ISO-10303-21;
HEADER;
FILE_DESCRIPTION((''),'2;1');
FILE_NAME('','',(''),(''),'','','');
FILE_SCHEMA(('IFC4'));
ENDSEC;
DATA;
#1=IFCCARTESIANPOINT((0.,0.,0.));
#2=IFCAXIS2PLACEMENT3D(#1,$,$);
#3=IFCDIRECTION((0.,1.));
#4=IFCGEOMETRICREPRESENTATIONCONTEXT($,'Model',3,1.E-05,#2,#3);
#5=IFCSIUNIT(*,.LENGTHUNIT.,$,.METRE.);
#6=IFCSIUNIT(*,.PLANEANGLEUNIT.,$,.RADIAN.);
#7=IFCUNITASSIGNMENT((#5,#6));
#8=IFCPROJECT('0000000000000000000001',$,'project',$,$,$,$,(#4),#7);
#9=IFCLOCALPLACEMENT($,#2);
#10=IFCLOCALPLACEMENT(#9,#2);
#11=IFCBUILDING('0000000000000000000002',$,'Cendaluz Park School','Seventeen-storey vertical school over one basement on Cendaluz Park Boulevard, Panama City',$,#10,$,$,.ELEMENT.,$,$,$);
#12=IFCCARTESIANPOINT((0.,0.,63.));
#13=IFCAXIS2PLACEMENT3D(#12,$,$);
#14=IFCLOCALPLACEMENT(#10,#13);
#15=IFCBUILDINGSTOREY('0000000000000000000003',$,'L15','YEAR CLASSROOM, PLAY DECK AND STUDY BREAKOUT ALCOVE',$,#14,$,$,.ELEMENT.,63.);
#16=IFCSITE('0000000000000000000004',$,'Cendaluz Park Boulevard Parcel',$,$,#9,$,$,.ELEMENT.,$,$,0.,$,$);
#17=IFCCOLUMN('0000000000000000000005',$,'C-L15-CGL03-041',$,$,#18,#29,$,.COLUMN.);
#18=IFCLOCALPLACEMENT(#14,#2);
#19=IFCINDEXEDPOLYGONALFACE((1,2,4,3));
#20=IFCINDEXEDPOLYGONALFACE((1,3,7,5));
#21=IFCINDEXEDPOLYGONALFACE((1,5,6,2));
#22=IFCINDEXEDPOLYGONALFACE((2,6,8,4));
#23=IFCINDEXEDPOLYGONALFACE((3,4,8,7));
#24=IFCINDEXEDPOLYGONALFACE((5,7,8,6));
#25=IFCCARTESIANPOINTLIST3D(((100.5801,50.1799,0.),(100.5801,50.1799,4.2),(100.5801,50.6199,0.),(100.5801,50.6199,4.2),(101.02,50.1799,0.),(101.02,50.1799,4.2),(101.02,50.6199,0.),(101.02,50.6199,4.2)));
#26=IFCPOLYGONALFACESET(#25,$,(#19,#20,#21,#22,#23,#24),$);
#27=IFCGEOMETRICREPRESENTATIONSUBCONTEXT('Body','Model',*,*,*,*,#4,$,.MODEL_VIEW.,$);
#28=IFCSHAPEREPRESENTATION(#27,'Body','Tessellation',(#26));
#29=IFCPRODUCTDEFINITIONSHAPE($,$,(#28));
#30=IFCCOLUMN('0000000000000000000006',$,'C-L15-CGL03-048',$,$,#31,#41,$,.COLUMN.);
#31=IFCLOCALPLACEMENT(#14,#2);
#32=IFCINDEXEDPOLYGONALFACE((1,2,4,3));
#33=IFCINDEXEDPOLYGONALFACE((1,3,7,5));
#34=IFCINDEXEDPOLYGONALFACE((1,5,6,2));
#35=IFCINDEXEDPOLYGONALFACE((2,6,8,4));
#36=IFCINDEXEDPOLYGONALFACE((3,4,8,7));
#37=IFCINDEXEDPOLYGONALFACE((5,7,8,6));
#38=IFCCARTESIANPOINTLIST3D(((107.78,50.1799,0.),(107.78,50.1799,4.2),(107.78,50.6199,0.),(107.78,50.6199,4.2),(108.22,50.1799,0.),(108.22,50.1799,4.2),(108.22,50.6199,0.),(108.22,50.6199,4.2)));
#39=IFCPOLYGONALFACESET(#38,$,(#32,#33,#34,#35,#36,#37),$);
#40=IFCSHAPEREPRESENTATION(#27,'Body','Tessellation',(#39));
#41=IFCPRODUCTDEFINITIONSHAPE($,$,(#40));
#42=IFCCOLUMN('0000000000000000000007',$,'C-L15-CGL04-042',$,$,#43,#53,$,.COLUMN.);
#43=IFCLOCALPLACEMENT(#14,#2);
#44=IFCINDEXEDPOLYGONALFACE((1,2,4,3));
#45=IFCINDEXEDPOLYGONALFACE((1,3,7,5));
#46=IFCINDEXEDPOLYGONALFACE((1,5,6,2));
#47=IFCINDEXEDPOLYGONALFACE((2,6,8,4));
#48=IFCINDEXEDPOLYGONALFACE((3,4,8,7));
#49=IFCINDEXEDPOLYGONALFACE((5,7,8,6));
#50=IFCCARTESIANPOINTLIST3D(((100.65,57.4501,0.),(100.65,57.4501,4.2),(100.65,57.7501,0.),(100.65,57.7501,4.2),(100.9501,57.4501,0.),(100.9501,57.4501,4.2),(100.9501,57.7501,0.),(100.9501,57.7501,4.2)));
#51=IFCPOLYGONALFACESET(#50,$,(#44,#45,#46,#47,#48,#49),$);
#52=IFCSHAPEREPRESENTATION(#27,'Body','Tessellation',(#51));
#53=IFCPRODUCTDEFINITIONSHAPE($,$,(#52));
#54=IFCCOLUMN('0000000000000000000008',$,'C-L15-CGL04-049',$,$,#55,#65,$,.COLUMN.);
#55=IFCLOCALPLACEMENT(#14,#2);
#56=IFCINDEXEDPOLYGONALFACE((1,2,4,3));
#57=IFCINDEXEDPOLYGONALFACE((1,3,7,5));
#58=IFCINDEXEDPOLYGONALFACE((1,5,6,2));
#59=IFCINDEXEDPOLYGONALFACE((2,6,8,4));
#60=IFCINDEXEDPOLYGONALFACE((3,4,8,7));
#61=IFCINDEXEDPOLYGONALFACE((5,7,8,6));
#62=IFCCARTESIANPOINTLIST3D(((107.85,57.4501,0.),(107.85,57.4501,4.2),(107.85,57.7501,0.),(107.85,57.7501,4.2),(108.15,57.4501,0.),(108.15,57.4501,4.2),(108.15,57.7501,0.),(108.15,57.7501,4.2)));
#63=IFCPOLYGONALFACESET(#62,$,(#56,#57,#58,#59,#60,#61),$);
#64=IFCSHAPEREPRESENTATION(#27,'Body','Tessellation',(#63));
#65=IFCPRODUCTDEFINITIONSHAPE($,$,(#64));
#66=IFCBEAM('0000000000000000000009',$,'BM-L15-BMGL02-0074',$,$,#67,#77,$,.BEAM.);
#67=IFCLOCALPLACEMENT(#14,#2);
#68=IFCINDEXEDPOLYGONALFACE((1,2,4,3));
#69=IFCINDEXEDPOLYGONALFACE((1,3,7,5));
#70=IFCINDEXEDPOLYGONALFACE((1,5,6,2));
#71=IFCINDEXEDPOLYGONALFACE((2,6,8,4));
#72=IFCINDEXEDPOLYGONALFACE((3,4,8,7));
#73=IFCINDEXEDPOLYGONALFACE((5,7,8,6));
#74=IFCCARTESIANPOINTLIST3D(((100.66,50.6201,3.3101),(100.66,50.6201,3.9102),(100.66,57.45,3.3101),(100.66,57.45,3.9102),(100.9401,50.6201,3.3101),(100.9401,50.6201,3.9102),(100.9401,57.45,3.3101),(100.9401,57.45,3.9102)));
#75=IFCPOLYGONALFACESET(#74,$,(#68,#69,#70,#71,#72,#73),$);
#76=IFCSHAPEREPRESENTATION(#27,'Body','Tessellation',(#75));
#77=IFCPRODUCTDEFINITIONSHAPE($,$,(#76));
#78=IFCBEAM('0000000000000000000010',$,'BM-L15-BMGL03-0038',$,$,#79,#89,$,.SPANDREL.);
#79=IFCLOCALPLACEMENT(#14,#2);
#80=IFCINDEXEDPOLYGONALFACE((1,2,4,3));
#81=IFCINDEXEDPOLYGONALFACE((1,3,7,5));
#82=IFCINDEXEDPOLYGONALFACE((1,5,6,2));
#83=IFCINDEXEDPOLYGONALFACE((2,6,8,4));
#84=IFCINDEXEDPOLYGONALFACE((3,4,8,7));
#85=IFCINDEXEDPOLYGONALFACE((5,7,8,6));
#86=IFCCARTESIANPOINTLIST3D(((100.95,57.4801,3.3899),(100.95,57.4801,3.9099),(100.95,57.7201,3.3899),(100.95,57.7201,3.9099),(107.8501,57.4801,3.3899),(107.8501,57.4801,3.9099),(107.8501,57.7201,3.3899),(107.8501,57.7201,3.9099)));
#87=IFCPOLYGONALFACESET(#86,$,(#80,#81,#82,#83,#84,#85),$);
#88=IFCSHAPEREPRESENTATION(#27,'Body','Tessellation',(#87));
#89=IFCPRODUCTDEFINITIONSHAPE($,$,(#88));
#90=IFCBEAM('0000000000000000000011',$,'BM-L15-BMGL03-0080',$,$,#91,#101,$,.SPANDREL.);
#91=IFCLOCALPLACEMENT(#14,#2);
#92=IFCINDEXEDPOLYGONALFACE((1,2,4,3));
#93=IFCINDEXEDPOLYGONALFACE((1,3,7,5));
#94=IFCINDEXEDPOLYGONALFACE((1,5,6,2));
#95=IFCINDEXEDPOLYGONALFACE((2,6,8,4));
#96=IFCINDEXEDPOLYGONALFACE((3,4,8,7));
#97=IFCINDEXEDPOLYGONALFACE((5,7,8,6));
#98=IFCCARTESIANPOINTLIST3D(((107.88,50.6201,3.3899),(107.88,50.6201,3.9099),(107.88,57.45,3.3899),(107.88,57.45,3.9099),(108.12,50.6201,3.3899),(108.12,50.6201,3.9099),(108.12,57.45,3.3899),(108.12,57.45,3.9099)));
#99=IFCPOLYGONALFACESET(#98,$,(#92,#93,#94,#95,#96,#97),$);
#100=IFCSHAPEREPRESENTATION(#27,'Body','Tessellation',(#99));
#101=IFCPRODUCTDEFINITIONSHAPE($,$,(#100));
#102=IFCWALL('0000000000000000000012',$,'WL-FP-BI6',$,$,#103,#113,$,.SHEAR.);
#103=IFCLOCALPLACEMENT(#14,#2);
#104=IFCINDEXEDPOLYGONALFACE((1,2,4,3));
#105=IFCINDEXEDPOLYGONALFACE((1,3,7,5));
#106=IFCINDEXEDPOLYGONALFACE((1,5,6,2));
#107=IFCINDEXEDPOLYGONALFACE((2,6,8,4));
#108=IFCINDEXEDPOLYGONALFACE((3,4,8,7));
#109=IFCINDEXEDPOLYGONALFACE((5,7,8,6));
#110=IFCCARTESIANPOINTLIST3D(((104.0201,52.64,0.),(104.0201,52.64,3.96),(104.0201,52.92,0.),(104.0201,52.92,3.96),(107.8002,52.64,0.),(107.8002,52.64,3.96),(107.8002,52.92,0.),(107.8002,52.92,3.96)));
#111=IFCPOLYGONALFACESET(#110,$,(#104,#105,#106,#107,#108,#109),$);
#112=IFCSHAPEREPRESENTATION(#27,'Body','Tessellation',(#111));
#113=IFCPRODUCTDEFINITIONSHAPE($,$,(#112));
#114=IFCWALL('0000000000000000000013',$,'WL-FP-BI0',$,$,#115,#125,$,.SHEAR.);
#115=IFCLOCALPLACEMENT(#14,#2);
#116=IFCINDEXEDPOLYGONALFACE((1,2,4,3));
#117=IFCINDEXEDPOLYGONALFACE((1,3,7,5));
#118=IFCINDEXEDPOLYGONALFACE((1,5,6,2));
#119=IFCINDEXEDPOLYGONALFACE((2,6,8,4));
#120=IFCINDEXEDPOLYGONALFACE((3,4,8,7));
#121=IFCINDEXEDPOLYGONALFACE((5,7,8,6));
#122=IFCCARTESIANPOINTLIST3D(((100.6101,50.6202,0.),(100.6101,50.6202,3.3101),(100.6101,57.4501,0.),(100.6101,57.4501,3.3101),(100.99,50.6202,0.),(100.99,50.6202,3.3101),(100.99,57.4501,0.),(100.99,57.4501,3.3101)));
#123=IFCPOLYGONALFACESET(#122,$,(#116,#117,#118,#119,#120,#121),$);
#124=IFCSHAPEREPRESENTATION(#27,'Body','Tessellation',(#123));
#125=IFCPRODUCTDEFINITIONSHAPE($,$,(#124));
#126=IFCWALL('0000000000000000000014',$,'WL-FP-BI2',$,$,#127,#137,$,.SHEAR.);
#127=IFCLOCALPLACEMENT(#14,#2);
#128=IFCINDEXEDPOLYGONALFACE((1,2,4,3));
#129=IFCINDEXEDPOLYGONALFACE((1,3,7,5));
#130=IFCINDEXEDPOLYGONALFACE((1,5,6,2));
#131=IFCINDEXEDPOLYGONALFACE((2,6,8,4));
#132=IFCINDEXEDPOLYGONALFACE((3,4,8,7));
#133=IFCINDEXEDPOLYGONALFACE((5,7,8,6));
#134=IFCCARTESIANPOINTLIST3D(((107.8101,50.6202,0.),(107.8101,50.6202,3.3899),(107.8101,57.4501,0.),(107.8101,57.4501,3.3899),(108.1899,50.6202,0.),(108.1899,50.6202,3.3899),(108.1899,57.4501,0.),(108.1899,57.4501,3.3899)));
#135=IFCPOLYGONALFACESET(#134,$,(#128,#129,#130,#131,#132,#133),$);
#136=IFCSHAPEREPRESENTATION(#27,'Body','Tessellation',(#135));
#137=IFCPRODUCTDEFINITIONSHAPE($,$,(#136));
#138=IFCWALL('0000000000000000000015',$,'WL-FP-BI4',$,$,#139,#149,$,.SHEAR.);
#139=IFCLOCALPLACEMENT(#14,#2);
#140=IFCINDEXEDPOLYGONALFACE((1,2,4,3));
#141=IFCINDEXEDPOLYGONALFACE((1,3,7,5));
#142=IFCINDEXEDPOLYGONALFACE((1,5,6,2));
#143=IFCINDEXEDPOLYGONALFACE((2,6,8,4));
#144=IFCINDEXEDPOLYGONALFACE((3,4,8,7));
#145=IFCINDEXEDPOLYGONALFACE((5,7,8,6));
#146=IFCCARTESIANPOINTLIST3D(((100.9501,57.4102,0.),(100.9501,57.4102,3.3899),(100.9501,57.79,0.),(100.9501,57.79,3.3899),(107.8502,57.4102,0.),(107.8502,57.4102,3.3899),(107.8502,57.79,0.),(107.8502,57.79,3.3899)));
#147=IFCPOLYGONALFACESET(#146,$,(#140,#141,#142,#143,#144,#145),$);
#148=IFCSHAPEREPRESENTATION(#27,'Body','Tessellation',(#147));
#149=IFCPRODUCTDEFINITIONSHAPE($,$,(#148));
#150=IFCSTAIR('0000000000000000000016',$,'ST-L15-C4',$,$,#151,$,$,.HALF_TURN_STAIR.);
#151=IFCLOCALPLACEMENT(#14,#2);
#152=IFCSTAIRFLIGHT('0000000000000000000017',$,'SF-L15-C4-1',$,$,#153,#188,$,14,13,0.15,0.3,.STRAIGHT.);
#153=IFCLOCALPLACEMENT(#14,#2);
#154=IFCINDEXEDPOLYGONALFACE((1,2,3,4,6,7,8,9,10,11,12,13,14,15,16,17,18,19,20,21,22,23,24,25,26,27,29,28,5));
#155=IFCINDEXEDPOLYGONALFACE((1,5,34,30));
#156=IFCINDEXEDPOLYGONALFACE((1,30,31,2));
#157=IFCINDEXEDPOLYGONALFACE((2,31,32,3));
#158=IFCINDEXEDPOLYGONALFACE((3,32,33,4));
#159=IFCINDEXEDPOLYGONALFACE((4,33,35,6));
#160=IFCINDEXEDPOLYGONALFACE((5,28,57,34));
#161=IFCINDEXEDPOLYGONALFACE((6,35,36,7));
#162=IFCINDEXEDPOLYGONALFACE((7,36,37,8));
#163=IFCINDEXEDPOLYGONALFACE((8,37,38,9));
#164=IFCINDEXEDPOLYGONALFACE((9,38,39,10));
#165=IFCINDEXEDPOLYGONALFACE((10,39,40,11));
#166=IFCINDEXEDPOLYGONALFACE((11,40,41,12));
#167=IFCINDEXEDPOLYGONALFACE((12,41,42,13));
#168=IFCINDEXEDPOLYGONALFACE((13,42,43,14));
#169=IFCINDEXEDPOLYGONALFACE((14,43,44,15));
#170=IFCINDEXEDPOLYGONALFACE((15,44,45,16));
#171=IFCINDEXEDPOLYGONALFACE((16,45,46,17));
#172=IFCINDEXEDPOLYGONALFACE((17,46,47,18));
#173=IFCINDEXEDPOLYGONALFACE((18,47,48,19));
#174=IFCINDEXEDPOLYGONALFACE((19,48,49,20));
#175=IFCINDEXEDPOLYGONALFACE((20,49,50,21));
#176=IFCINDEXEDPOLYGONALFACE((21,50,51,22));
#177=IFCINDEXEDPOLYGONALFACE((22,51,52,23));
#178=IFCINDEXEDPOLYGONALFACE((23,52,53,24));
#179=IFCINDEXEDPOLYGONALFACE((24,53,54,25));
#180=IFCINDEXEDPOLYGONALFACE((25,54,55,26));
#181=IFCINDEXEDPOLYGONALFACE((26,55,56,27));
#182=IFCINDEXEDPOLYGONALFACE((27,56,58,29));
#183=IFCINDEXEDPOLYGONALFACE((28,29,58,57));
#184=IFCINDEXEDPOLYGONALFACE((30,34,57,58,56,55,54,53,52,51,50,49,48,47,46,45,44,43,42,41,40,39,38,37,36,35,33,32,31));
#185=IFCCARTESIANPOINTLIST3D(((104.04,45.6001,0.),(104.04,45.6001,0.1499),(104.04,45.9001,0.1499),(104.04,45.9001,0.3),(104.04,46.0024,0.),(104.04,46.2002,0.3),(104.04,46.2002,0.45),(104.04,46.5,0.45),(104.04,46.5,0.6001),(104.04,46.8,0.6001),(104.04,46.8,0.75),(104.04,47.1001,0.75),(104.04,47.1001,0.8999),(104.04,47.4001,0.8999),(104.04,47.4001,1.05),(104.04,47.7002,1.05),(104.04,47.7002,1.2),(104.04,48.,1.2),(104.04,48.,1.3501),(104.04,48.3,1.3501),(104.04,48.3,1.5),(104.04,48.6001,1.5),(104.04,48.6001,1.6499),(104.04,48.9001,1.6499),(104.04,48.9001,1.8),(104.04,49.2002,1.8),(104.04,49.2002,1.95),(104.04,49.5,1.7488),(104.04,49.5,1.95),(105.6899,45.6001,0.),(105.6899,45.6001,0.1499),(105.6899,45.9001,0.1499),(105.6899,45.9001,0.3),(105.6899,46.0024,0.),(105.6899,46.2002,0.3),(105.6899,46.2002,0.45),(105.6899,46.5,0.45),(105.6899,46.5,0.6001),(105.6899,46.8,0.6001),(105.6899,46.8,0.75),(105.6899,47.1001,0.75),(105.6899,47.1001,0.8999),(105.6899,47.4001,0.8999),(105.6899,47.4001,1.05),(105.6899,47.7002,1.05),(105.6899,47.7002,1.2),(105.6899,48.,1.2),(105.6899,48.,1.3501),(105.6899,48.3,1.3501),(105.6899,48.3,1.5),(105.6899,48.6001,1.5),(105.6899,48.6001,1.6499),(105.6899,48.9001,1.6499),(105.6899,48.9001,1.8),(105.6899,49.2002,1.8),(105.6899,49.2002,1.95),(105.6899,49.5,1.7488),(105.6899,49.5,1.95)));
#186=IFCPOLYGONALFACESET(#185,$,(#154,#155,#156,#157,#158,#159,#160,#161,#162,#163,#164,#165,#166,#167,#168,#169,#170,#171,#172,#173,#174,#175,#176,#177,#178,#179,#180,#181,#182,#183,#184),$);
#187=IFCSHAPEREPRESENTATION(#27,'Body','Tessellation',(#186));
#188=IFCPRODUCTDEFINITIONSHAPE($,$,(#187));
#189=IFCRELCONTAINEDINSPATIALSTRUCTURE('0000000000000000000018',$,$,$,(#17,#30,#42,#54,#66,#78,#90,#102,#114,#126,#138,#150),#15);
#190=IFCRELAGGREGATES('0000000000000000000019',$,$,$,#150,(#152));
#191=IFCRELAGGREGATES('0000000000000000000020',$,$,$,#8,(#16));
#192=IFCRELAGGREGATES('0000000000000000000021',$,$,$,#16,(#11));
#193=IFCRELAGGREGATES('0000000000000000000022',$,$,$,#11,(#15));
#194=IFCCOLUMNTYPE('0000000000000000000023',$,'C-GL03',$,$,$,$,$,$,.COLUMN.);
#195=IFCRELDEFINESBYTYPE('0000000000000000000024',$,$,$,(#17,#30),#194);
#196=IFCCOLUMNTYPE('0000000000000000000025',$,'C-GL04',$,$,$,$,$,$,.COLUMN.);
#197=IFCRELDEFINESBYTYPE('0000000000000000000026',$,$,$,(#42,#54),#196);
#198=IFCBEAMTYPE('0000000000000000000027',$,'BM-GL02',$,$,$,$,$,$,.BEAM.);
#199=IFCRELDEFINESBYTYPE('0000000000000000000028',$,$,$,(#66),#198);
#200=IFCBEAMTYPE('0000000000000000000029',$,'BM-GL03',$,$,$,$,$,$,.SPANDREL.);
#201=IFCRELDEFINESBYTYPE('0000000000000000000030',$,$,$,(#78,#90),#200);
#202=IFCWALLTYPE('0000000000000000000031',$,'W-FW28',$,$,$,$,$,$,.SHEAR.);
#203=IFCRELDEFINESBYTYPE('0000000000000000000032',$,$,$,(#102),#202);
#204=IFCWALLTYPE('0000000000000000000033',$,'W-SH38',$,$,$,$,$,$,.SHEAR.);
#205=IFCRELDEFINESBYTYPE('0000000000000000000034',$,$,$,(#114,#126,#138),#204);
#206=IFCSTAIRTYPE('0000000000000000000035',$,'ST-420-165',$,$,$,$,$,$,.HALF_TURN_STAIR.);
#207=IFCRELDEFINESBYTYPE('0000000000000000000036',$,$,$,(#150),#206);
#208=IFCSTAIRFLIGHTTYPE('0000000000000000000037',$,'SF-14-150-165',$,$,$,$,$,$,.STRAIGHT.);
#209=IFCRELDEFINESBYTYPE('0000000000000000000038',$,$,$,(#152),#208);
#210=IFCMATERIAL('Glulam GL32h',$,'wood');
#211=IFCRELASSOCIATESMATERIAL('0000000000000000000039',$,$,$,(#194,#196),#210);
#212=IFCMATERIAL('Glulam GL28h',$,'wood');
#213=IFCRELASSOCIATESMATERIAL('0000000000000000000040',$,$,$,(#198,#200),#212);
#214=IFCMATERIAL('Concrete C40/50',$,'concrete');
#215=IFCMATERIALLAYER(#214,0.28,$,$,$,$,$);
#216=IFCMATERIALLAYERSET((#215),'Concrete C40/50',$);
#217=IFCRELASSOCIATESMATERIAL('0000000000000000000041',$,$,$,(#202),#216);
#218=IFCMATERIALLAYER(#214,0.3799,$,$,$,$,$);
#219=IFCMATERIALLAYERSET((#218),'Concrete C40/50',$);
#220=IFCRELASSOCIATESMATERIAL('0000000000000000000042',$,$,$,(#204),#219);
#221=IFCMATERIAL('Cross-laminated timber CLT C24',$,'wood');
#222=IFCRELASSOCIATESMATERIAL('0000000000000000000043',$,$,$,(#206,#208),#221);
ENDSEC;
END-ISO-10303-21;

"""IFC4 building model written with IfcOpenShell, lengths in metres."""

from ifc_helpers import new_model, si_unit, direction, frame, frame_2d, origin, origin_2d, place, context, subcontext, project, spatial, polyline, rectangle, outline, extrude, material, layer, layer_set, material_profile, profile_set, type_object, element, aggregate, save


model = new_model("IFC4")

# Units and contexts
model_context = context("Model", 3, precision=1e-05, world=origin(), true_north=direction((0.0, 1.0)))
body_context = subcontext(model_context, "Body", "Model", "MODEL_VIEW")
ifc_project = project(units=[si_unit("LENGTHUNIT", "METRE"), si_unit("PLANEANGLEUNIT", "RADIAN")], contexts=[model_context])

# Site, building, storey
site_placement = place(None, origin())
site = spatial("IfcSite", under=ifc_project, at=site_placement, Name="Cendaluz Park Boulevard Parcel", CompositionType="ELEMENT", RefElevation=0.0)
building_placement = place(site_placement, origin())
building = spatial("IfcBuilding", under=site, at=building_placement, Name="Cendaluz Park School", Description="Seventeen-storey vertical school over one basement on Cendaluz Park Boulevard, Panama City", CompositionType="ELEMENT")
storey_placement = place(building_placement, frame((0.0, 0.0, 63.0)))
storey = spatial("IfcBuildingStorey", under=building, at=storey_placement, Name="L15", Description="YEAR CLASSROOM, PLAY DECK AND STUDY BREAKOUT ALCOVE", CompositionType="ELEMENT", Elevation=63.0)

# Columns
ifc_material_1 = material(Name="Glulam GL32h", Category="wood")
ifc_material_profile_1 = material_profile(ifc_material_1, rectangle(XDim=0.4399, YDim=0.4399, at=origin_2d()), Name="GL32h 440x440", Category="wood")
ifc_profile_set_1 = profile_set([ifc_material_profile_1], Name="Glulam GL32h")
column_type_1 = type_object("IfcColumnType", Name="C-GL03", PredefinedType="COLUMN", material=ifc_profile_set_1)
for number, where, z_axis, x_axis, name in (
    (1, (100.8, 50.3999, 0.0), (0.0, 0.0, 1.0), (1.0, 0.0, 0.0), "C-L15-CGL03-041"),
    (2, (108.0, 50.3999, 0.0), (0.0, 0.0, 1.0), (1.0, 0.0, 0.0), "C-L15-CGL03-048"),
):
    element("IfcColumn", number, at=place(storey_placement, frame(where, z_axis=z_axis, x_axis=x_axis)), inside=storey, type_object=column_type_1, Name=name, PredefinedType="COLUMN", context=body_context, shape_type="SweptSolid", body=[
        extrude(rectangle(XDim=0.4399, YDim=0.4399, at=origin_2d()), origin(), (0.0, 0.0, 1.0), 4.2),
    ])
ifc_material_profile_2 = material_profile(ifc_material_1, rectangle(XDim=0.3, YDim=0.3, at=origin_2d()), Name="GL32h 300x300", Category="wood")
ifc_profile_set_2 = profile_set([ifc_material_profile_2], Name="Glulam GL32h")
column_type_2 = type_object("IfcColumnType", Name="C-GL04", PredefinedType="COLUMN", material=ifc_profile_set_2)
for number, where, z_axis, x_axis, name in (
    (3, (100.8, 57.6001, 0.0), (0.0, 0.0, 1.0), (1.0, 0.0, 0.0), "C-L15-CGL04-042"),
    (4, (108.0, 57.6001, 0.0), (0.0, 0.0, 1.0), (1.0, 0.0, 0.0), "C-L15-CGL04-049"),
):
    element("IfcColumn", number, at=place(storey_placement, frame(where, z_axis=z_axis, x_axis=x_axis)), inside=storey, type_object=column_type_2, Name=name, PredefinedType="COLUMN", context=body_context, shape_type="SweptSolid", body=[
        extrude(rectangle(XDim=0.3, YDim=0.3, at=origin_2d()), origin(), (0.0, 0.0, 1.0), 4.2),
    ])

# Beams
ifc_material_2 = material(Name="Glulam GL28h", Category="wood")
ifc_material_profile_3 = material_profile(ifc_material_2, rectangle(XDim=0.28, YDim=0.6001, at=origin_2d()), Name="GL28h 280x600", Category="wood")
ifc_profile_set_3 = profile_set([ifc_material_profile_3], Name="Glulam GL28h")
beam_type_1 = type_object("IfcBeamType", Name="BM-GL02", PredefinedType="BEAM", material=ifc_profile_set_3)
beam_1_placement = place(storey_placement, frame((100.8, 50.6201, 3.6101), z_axis=(0.0, 1.0, 0.0), x_axis=(-1.0, 0.0, 0.0)))
element("IfcBeam", 5, at=beam_1_placement, inside=storey, type_object=beam_type_1, Name="BM-L15-BMGL02-0074", PredefinedType="BEAM", context=body_context, shape_type="SweptSolid", body=[
    extrude(rectangle(XDim=0.28, YDim=0.6001, at=origin_2d()), origin(), (0.0, 0.0, 1.0), 6.8298),
])
ifc_material_profile_4 = material_profile(ifc_material_2, rectangle(XDim=0.24, YDim=0.52, at=origin_2d()), Name="GL28h 240x520", Category="wood")
ifc_profile_set_4 = profile_set([ifc_material_profile_4], Name="Glulam GL28h")
beam_type_2 = type_object("IfcBeamType", Name="BM-GL03", PredefinedType="SPANDREL", material=ifc_profile_set_4)
beam_2_placement = place(storey_placement, frame((100.95, 57.6001, 3.6499), z_axis=(1.0, 0.0, 0.0), x_axis=(0.0, 1.0, 0.0)))
element("IfcBeam", 6, at=beam_2_placement, inside=storey, type_object=beam_type_2, Name="BM-L15-BMGL03-0038", PredefinedType="SPANDREL", context=body_context, shape_type="SweptSolid", body=[
    extrude(rectangle(XDim=0.24, YDim=0.52, at=origin_2d()), origin(), (0.0, 0.0, 1.0), 6.9001),
])
beam_3_placement = place(storey_placement, frame((108.0, 50.6201, 3.6499), z_axis=(0.0, 1.0, 0.0), x_axis=(-1.0, 0.0, 0.0)))
element("IfcBeam", 7, at=beam_3_placement, inside=storey, type_object=beam_type_2, Name="BM-L15-BMGL03-0080", PredefinedType="SPANDREL", context=body_context, shape_type="SweptSolid", body=[
    extrude(rectangle(XDim=0.24, YDim=0.52, at=origin_2d()), origin(), (0.0, 0.0, 1.0), 6.8298),
])

# Wall
ifc_material_3 = material(Name="Concrete C40/50", Category="concrete")
ifc_layer_1 = layer(ifc_material_3, 0.28)
ifc_layer_set_1 = layer_set([ifc_layer_1], Name="Concrete C40/50")
wall_type_1 = type_object("IfcWallType", Name="W-FW28", PredefinedType="SHEAR", material=ifc_layer_set_1)
wall_1_placement = place(storey_placement, frame((104.02, 52.78, 0.0), z_axis=(0.0, 0.0, 1.0), x_axis=(1.0, 0.0, 0.0)))
element("IfcWall", 8, at=wall_1_placement, inside=storey, type_object=wall_type_1, Name="WL-FP-BI6", PredefinedType="SHEAR", context=body_context, shape_type="SweptSolid", body=[
    extrude(rectangle(XDim=3.78, YDim=0.28, at=frame_2d((1.8901, 0.0))), origin(), (0.0, 0.0, 1.0), 3.96),
])

# Walls
ifc_layer_2 = layer(ifc_material_3, 0.3799)
ifc_layer_set_2 = layer_set([ifc_layer_2], Name="Concrete C40/50")
wall_type_2 = type_object("IfcWallType", Name="W-SH38", PredefinedType="SHEAR", material=ifc_layer_set_2)
wall_2_placement = place(storey_placement, frame((100.8, 50.6201, 0.0), z_axis=(0.0, 0.0, 1.0), x_axis=(0.0, 1.0, 0.0)))
element("IfcWall", 9, at=wall_2_placement, inside=storey, type_object=wall_type_2, Name="WL-FP-BI0", PredefinedType="SHEAR", context=body_context, shape_type="SweptSolid", body=[
    extrude(rectangle(XDim=6.8298, YDim=0.3799, at=frame_2d((3.415, 0.0))), origin(), (0.0, 0.0, 1.0), 3.3101),
])
wall_3_placement = place(storey_placement, frame((108.0, 50.6201, 0.0), z_axis=(0.0, 0.0, 1.0), x_axis=(0.0, 1.0, 0.0)))
element("IfcWall", 10, at=wall_3_placement, inside=storey, type_object=wall_type_2, Name="WL-FP-BI2", PredefinedType="SHEAR", context=body_context, shape_type="SweptSolid", body=[
    extrude(rectangle(XDim=6.8298, YDim=0.3799, at=frame_2d((3.415, 0.0))), origin(), (0.0, 0.0, 1.0), 3.3899),
])
wall_4_placement = place(storey_placement, frame((100.95, 57.6001, 0.0), z_axis=(0.0, 0.0, 1.0), x_axis=(1.0, 0.0, 0.0)))
element("IfcWall", 11, at=wall_4_placement, inside=storey, type_object=wall_type_2, Name="WL-FP-BI4", PredefinedType="SHEAR", context=body_context, shape_type="SweptSolid", body=[
    extrude(rectangle(XDim=6.9001, YDim=0.3799, at=frame_2d((3.4502, 0.0))), origin(), (0.0, 0.0, 1.0), 3.3899),
])

# Stair, stair flight
ifc_material_4 = material(Name="Cross-laminated timber CLT C24", Category="wood")
stair_type = type_object("IfcStairType", Name="ST-420-165", PredefinedType="HALF_TURN_STAIR", material=ifc_material_4)
stair_placement = place(storey_placement, origin())
stair = element("IfcStair", 12, at=stair_placement, inside=storey, type_object=stair_type, Name="ST-L15-C4", PredefinedType="HALF_TURN_STAIR")
stair_flight_type = type_object("IfcStairFlightType", Name="SF-14-150-165", PredefinedType="STRAIGHT", material=ifc_material_4)
stair_flight_1_placement = place(storey_placement, frame((104.865, 45.6001, 0.0), z_axis=(0.0, 0.0, 1.0), x_axis=(0.0, 1.0, 0.0)))
stair_flight_1 = element("IfcStairFlight", 13, at=stair_flight_1_placement, type_object=stair_flight_type, Name="SF-L15-C4-1", NumberOfRisers=14, NumberOfTreads=13, PredefinedType="STRAIGHT", RiserHeight=0.15, TreadLength=0.3, context=body_context, shape_type="SweptSolid", body=[
    extrude(outline(polyline([(0.0, 0.0), (0.0, 0.1499), (0.3, 0.1499), (0.3, 0.3), (0.6001, 0.3), (0.6001, 0.45), (0.8999, 0.45), (0.8999, 0.6001), (1.2, 0.6001), (1.2, 0.75), (1.5, 0.75), (1.5, 0.8999), (1.8, 0.8999), (1.8, 1.05), (2.1001, 1.05), (2.1001, 1.2), (2.3999, 1.2), (2.3999, 1.3501), (2.7, 1.3501), (2.7, 1.5), (3.0, 1.5), (3.0, 1.6499), (3.3, 1.6499), (3.3, 1.8), (3.6001, 1.8), (3.6001, 1.95), (3.8999, 1.95), (3.8999, 2.1001), (3.8999, 1.7488), (0.4023, 0.0), (0.0, 0.0)])), frame((0.0, 0.825, 0.0), z_axis=(0.0, -1.0, 0.0), x_axis=(1.0, 0.0, 0.0)), (0.0, 0.0, 1.0), 1.6499),
])
aggregate(stair, [stair_flight_1])

save(model, "model.ifc")
